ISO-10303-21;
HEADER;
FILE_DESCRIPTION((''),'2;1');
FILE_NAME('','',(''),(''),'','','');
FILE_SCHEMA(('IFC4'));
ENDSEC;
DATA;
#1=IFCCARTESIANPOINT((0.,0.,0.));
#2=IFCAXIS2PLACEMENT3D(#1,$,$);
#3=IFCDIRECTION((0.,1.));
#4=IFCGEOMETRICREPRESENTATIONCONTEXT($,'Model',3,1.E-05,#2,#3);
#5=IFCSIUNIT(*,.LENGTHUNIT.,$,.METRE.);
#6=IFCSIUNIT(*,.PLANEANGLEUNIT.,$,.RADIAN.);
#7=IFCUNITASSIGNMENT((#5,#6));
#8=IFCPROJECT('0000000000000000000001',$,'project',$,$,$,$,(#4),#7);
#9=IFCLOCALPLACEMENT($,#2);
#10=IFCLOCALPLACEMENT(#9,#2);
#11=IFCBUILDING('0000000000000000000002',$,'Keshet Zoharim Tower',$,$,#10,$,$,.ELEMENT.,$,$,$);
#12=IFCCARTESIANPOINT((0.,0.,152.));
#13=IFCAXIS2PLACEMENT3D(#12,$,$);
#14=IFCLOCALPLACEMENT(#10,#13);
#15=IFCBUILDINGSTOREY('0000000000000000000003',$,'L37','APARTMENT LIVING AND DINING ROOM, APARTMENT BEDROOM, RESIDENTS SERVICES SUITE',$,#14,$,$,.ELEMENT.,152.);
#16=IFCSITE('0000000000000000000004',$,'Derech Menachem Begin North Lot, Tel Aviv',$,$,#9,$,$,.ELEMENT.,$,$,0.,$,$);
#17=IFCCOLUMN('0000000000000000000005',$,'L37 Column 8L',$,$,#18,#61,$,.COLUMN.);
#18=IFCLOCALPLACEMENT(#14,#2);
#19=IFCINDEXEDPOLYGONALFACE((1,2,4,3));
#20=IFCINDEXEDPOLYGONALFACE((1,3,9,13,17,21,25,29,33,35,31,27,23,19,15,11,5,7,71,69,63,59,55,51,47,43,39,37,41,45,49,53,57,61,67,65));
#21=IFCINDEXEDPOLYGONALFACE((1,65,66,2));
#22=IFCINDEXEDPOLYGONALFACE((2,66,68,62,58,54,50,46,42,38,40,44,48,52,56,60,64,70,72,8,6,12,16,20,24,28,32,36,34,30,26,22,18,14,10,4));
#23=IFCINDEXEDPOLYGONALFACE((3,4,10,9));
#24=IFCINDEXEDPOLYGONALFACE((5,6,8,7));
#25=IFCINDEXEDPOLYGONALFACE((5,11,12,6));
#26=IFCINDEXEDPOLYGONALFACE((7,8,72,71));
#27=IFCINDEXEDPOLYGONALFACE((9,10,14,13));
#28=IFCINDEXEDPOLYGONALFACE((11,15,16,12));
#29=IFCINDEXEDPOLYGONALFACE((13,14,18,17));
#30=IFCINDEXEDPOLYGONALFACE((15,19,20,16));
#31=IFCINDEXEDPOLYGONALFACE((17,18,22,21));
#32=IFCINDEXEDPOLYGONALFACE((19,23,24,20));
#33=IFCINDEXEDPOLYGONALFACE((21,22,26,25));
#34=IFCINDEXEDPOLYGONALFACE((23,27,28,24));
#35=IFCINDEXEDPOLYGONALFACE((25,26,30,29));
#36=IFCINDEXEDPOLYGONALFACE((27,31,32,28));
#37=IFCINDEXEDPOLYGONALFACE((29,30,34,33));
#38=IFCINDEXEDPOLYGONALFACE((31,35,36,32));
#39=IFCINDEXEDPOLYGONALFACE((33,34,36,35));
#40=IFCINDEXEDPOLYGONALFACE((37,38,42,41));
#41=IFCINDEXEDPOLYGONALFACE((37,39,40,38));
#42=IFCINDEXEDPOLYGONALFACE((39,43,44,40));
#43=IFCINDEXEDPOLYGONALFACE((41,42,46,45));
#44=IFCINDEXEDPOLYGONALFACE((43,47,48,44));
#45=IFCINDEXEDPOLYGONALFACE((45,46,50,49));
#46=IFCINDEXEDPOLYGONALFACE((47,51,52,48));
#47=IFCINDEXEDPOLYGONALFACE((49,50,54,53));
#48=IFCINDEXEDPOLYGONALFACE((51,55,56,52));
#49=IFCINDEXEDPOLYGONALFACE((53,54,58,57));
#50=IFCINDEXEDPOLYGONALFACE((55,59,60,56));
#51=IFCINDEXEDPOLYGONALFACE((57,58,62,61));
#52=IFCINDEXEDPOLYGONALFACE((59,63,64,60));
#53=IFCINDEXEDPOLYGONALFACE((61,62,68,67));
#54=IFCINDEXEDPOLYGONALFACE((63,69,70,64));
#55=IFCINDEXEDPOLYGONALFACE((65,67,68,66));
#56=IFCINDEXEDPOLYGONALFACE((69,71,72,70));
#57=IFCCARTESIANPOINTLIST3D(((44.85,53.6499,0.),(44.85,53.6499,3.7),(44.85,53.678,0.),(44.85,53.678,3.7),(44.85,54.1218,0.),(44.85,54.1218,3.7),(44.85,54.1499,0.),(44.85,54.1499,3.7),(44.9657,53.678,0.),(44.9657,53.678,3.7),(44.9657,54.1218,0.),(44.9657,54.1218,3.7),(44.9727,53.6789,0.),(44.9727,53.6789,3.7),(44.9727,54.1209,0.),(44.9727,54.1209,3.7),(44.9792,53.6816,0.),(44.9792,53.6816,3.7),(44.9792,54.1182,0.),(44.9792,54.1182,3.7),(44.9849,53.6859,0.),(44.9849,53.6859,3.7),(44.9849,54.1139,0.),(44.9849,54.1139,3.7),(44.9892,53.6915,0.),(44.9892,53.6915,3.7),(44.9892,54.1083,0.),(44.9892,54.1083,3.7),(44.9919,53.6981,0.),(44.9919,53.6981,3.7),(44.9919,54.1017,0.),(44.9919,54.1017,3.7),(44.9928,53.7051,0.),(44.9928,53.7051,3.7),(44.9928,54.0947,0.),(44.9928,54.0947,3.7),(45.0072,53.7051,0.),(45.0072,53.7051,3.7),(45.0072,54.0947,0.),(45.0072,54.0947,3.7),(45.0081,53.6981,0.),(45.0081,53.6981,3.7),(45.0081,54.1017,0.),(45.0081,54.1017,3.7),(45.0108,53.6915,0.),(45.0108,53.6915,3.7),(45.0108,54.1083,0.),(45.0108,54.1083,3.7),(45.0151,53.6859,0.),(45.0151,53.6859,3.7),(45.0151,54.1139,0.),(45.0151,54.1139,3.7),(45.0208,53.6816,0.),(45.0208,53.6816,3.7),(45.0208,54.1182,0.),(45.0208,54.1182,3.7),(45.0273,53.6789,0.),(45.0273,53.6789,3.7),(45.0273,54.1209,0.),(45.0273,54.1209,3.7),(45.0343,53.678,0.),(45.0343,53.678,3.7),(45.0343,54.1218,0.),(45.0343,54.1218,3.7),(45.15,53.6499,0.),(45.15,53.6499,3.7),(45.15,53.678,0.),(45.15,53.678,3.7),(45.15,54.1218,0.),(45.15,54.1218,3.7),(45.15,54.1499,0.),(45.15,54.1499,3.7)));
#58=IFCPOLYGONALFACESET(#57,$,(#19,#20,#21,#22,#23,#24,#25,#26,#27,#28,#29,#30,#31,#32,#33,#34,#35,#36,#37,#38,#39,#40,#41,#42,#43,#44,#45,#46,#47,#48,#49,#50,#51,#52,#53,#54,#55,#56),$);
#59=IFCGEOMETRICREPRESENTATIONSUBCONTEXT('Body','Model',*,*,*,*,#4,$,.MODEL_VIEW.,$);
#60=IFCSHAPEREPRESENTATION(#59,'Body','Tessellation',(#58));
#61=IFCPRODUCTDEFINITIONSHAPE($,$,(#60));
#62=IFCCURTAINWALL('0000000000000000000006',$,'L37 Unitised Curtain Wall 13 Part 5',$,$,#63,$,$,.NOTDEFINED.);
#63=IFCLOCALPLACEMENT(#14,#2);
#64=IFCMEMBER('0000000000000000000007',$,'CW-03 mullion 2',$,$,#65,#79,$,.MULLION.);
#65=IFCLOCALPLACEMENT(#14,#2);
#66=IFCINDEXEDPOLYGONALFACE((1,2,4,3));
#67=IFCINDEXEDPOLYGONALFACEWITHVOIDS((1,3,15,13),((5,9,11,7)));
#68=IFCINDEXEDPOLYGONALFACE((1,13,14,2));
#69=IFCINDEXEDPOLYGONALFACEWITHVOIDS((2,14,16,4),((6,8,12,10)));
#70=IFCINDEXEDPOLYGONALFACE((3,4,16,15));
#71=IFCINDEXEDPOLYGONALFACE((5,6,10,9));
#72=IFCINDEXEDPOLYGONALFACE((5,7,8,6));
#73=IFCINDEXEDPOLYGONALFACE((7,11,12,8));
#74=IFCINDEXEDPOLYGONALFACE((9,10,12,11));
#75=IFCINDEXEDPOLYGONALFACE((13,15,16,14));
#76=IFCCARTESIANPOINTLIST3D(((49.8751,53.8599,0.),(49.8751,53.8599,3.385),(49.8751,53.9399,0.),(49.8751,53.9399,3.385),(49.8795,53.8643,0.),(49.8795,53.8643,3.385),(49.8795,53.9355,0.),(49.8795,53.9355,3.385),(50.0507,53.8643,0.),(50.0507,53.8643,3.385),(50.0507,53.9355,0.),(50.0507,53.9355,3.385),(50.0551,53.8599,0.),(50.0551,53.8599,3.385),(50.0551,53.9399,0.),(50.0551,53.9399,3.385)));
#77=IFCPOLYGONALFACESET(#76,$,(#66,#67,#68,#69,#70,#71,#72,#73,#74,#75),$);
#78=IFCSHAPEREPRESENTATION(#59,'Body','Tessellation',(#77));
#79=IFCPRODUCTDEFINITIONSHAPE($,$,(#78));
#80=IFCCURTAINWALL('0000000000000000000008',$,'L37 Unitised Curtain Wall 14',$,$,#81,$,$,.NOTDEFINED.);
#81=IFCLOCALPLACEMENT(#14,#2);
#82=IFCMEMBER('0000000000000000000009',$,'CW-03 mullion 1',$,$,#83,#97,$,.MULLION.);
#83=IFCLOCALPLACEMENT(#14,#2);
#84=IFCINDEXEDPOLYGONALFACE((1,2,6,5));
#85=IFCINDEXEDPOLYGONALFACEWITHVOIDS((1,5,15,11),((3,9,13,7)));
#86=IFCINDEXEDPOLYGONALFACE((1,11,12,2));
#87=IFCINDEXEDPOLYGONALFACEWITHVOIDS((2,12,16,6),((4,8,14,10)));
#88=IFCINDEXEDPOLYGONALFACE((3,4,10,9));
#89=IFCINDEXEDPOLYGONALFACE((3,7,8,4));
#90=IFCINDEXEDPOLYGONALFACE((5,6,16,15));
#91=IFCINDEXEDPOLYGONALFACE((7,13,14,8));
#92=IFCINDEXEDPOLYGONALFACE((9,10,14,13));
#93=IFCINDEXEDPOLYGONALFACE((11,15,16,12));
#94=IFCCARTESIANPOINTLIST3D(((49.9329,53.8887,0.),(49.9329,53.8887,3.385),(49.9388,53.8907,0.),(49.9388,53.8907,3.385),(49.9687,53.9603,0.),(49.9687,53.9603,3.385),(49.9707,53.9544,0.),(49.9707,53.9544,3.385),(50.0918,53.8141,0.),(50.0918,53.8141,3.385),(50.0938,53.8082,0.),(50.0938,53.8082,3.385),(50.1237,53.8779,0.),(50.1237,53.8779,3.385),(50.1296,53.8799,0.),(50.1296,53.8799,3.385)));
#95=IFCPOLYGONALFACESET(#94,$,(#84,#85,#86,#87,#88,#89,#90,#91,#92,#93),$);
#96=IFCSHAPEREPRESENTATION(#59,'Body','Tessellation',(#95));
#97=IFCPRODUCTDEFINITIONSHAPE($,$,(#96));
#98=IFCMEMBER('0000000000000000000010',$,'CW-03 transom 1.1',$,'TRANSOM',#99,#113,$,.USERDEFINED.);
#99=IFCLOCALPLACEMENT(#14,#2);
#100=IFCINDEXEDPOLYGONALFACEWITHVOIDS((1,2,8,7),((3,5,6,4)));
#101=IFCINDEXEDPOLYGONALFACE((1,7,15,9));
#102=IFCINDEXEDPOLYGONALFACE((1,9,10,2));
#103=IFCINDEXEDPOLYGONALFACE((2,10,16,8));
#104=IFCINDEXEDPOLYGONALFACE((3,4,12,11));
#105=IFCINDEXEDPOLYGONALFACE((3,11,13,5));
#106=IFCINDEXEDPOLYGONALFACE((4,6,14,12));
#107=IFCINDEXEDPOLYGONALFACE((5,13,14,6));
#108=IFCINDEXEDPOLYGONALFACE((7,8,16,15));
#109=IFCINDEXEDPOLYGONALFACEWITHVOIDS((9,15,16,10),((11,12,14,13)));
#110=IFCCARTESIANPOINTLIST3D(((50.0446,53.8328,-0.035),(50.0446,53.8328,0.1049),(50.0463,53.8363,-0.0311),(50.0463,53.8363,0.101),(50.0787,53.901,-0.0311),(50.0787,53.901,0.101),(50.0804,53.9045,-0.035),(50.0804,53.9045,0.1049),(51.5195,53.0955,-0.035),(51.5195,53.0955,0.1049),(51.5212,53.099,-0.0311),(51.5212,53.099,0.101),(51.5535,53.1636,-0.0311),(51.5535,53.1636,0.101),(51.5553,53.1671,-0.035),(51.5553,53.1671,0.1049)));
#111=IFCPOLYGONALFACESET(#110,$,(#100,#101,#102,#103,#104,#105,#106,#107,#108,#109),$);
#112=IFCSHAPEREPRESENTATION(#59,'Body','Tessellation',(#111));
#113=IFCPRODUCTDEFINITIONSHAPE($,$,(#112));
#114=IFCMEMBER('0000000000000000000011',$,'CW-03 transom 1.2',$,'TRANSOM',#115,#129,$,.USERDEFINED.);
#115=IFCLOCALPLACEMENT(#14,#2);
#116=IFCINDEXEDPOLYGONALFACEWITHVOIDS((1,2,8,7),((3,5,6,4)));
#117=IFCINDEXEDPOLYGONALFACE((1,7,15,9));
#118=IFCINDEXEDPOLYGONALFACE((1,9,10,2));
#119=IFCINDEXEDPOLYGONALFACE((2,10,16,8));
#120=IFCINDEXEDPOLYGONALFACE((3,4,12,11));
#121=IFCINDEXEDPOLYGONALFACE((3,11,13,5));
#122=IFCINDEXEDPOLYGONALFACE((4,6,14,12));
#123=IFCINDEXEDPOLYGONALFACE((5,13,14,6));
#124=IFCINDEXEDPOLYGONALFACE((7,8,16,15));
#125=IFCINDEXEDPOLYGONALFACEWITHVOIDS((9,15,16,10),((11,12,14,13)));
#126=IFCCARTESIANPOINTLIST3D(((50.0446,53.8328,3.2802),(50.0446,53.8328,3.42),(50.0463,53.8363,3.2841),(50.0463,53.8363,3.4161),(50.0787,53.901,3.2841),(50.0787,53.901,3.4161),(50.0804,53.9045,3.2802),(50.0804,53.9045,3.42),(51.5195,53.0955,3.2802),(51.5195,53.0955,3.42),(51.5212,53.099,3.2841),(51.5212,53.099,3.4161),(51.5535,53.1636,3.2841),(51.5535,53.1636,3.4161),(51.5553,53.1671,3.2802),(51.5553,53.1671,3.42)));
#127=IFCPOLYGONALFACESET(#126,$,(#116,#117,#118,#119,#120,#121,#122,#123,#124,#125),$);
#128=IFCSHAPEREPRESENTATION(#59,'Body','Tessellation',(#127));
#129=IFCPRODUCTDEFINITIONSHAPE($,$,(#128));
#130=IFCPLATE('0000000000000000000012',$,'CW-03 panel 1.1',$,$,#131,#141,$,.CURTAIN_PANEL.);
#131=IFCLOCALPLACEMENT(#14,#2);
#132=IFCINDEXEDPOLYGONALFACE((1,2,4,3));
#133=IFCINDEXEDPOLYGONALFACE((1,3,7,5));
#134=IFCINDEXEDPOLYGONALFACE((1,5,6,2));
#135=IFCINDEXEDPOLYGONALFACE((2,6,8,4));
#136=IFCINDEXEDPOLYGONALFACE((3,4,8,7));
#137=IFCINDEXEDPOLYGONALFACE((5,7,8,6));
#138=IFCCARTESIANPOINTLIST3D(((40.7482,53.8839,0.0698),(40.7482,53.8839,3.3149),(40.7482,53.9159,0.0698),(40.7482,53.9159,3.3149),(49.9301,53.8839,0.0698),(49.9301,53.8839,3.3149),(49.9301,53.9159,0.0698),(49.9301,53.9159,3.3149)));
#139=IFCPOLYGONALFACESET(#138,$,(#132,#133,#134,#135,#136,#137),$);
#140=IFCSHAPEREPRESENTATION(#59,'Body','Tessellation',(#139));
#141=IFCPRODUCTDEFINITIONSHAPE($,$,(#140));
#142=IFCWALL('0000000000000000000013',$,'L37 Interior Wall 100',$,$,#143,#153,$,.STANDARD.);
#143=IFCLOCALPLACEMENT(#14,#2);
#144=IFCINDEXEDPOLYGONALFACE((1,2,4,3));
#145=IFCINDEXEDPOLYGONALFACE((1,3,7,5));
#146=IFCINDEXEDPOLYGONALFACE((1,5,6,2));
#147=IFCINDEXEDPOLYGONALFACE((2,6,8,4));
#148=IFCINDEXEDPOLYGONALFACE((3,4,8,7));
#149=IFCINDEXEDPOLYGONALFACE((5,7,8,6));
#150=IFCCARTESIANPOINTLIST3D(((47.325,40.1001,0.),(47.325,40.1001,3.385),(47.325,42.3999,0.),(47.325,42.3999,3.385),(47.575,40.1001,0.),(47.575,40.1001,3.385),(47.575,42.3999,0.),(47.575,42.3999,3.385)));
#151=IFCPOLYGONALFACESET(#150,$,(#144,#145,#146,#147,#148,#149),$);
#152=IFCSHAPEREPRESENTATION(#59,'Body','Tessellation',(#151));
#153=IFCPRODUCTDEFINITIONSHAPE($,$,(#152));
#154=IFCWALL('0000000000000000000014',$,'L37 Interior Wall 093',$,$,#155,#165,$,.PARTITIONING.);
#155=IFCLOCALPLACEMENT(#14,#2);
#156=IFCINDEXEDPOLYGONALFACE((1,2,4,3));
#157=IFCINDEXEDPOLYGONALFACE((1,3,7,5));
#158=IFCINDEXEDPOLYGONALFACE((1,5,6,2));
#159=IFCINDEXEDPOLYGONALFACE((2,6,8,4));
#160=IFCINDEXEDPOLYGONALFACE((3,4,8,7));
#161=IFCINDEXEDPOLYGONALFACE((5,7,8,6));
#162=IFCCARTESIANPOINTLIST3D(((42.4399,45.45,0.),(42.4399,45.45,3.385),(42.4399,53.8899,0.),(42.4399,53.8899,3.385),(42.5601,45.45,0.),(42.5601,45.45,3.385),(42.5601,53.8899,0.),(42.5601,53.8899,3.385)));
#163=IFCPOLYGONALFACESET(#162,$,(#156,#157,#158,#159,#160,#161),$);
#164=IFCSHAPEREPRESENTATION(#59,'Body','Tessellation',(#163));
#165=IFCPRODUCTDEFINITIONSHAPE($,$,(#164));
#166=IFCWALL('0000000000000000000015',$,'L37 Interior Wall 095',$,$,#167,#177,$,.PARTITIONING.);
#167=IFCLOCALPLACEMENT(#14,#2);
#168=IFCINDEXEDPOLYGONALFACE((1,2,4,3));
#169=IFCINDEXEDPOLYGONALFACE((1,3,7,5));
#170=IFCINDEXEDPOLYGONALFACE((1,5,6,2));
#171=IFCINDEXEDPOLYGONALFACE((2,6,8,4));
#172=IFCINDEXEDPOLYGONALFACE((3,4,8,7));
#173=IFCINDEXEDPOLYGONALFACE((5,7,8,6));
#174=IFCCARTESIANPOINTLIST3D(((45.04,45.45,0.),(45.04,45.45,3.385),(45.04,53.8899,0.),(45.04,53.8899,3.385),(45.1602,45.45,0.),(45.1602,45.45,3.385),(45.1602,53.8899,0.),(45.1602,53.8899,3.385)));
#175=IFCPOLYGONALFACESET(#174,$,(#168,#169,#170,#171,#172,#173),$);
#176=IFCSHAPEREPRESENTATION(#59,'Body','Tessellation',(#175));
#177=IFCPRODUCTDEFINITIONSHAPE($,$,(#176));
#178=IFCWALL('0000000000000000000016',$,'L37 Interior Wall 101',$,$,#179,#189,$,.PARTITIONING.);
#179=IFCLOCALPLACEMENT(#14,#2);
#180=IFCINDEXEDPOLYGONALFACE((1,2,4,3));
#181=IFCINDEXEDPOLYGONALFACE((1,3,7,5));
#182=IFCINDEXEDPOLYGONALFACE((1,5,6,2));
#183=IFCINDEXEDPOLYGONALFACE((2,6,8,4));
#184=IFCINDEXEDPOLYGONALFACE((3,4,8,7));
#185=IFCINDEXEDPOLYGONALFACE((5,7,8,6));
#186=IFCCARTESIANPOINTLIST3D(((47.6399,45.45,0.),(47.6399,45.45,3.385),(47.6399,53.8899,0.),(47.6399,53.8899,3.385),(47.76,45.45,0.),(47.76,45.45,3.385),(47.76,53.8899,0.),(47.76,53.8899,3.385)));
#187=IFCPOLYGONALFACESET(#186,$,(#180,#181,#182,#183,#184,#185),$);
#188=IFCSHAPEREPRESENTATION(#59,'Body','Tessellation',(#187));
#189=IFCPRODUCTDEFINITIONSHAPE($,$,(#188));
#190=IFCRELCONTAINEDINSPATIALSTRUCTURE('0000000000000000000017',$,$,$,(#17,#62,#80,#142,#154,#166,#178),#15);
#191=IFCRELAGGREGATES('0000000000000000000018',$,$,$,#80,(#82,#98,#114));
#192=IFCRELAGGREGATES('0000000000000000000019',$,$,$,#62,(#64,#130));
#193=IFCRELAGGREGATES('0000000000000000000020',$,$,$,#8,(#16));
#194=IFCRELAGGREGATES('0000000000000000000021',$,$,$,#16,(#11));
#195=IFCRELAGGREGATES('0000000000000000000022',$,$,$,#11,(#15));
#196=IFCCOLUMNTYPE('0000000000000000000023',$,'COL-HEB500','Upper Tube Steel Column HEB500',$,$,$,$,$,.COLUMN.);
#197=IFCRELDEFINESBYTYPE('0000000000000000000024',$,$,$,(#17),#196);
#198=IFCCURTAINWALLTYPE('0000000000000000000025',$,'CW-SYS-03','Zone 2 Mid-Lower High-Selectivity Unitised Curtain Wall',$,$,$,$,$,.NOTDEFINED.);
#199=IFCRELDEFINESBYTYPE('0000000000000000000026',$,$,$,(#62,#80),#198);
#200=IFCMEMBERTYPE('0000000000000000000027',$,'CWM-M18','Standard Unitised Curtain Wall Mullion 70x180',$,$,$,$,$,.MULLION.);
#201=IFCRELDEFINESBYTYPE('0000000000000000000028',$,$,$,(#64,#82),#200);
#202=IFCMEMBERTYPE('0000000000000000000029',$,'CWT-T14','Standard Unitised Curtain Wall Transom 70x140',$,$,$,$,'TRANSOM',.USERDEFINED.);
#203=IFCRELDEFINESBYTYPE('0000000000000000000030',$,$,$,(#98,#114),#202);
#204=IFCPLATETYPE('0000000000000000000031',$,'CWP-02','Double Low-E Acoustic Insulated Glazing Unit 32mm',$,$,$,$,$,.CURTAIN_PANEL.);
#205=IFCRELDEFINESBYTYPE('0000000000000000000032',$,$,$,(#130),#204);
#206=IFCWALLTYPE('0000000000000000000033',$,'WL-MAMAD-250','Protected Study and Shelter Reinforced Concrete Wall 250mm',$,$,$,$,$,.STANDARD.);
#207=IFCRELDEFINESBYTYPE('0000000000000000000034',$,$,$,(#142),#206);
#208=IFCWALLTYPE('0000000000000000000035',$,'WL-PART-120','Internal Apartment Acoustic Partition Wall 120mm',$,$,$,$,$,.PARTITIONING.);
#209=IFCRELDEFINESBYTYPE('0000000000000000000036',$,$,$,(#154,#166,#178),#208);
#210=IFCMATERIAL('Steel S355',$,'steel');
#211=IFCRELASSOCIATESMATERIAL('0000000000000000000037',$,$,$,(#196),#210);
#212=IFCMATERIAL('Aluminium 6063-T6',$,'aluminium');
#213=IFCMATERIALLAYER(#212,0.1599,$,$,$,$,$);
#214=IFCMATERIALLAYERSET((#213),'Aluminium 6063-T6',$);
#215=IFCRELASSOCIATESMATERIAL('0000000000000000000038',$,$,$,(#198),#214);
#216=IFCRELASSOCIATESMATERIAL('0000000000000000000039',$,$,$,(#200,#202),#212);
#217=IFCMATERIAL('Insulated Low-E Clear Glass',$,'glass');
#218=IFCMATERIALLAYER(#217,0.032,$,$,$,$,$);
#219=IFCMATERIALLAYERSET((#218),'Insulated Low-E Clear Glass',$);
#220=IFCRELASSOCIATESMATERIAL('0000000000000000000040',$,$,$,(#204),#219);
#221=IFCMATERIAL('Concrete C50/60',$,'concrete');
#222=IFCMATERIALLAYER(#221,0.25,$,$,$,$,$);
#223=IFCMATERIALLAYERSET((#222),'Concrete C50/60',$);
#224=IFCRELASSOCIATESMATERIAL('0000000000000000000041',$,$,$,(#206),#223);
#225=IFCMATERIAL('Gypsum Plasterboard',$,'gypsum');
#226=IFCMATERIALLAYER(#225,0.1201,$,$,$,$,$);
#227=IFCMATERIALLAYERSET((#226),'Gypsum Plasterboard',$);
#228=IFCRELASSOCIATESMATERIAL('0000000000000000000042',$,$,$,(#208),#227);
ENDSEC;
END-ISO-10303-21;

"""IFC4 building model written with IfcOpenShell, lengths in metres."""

from ifc_helpers import new_model, si_unit, direction, frame, frame_2d, origin, origin_2d, place, context, subcontext, project, spatial, rectangle, hollow_rectangle, i_section, extrude, material, layer, layer_set, material_profile, profile_set, type_object, element, aggregate, save


model = new_model("IFC4")

# Units and contexts
model_context = context("Model", 3, precision=1e-05, world=origin(), true_north=direction((0.0, 1.0)))
body_context = subcontext(model_context, "Body", "Model", "MODEL_VIEW")
ifc_project = project(units=[si_unit("LENGTHUNIT", "METRE"), si_unit("PLANEANGLEUNIT", "RADIAN")], contexts=[model_context])

# Site, building, storey
site_placement = place(None, origin())
site = spatial("IfcSite", under=ifc_project, at=site_placement, Name="Derech Menachem Begin North Lot, Tel Aviv", CompositionType="ELEMENT", RefElevation=0.0)
building_placement = place(site_placement, origin())
building = spatial("IfcBuilding", under=site, at=building_placement, Name="Keshet Zoharim Tower", CompositionType="ELEMENT")
storey_placement = place(building_placement, frame((0.0, 0.0, 152.0)))
storey = spatial("IfcBuildingStorey", under=building, at=storey_placement, Name="L37", Description="APARTMENT LIVING AND DINING ROOM, APARTMENT BEDROOM, RESIDENTS SERVICES SUITE", CompositionType="ELEMENT", Elevation=152.0)

# Column
ifc_material_1 = material(Name="Steel S355", Category="steel")
ifc_material_profile_1 = material_profile(ifc_material_1, i_section(OverallWidth=0.3, OverallDepth=0.5, WebThickness=0.0144, FlangeThickness=0.0281, FilletRadius=0.0271, at=origin_2d()), Name="HEB500")
ifc_profile_set_1 = profile_set([ifc_material_profile_1], Name="Steel S355")
column_type = type_object("IfcColumnType", Name="COL-HEB500", Description="Upper Tube Steel Column HEB500", PredefinedType="COLUMN", material=ifc_profile_set_1)
column_placement = place(storey_placement, frame((45.0, 53.8999, 0.0), z_axis=(0.0, 0.0, 1.0), x_axis=(1.0, 0.0, 0.0)))
element("IfcColumn", 1, at=column_placement, inside=storey, type_object=column_type, Name="L37 Column 8L", PredefinedType="COLUMN", context=body_context, shape_type="SweptSolid", body=[
    extrude(i_section(OverallWidth=0.3, OverallDepth=0.5, WebThickness=0.0144, FlangeThickness=0.0281, FilletRadius=0.0271, at=origin_2d()), origin(), (0.0, 0.0, 1.0), 3.7),
])

# Curtain wall, member
ifc_material_2 = material(Name="Aluminium 6063-T6", Category="aluminium")
ifc_layer_1 = layer(ifc_material_2, 0.1599)
ifc_layer_set_1 = layer_set([ifc_layer_1], Name="Aluminium 6063-T6")
curtain_wall_type = type_object("IfcCurtainWallType", Name="CW-SYS-03", Description="Zone 2 Mid-Lower High-Selectivity Unitised Curtain Wall", PredefinedType="NOTDEFINED", material=ifc_layer_set_1)
curtain_wall_1_placement = place(storey_placement, origin())
curtain_wall_1 = element("IfcCurtainWall", 2, at=curtain_wall_1_placement, inside=storey, type_object=curtain_wall_type, Name="L37 Unitised Curtain Wall 13 Part 5", PredefinedType="NOTDEFINED")
ifc_material_profile_2 = material_profile(ifc_material_2, hollow_rectangle(XDim=0.0801, YDim=0.1799, WallThickness=0.0044, at=origin_2d()), Name="MUL-80x180")
ifc_profile_set_2 = profile_set([ifc_material_profile_2], Name="Aluminium 6063-T6")
member_type_1 = type_object("IfcMemberType", Name="CWM-M18", Description="Standard Unitised Curtain Wall Mullion 70x180", PredefinedType="MULLION", material=ifc_profile_set_2)
member_1_placement = place(storey_placement, frame((49.9651, 53.8999, 0.0), z_axis=(0.0, 0.0, 1.0), x_axis=(0.0, 1.0, 0.0)))
member_1 = element("IfcMember", 3, at=member_1_placement, type_object=member_type_1, Name="CW-03 mullion 2", PredefinedType="MULLION", context=body_context, shape_type="SweptSolid", body=[
    extrude(hollow_rectangle(XDim=0.0801, YDim=0.1799, WallThickness=0.0044, at=origin_2d()), origin(), (0.0, 0.0, 1.0), 3.385),
])

# Curtain wall, members
curtain_wall_2_placement = place(storey_placement, origin())
curtain_wall_2 = element("IfcCurtainWall", 4, at=curtain_wall_2_placement, inside=storey, type_object=curtain_wall_type, Name="L37 Unitised Curtain Wall 14", PredefinedType="NOTDEFINED")
member_2_placement = place(storey_placement, frame((50.0312, 53.8843, 0.0), z_axis=(0.0, 0.0, 1.0), x_axis=(0.447214, 0.894427, 0.0)))
member_2 = element("IfcMember", 5, at=member_2_placement, type_object=member_type_1, Name="CW-03 mullion 1", PredefinedType="MULLION", context=body_context, shape_type="SweptSolid", body=[
    extrude(hollow_rectangle(XDim=0.0801, YDim=0.1799, WallThickness=0.0044, at=origin_2d()), origin(), (0.0, 0.0, 1.0), 3.385),
])
ifc_material_profile_3 = material_profile(ifc_material_2, hollow_rectangle(XDim=0.0801, YDim=0.1399, WallThickness=0.0039, at=origin_2d()), Name="TRN-80x140")
ifc_profile_set_3 = profile_set([ifc_material_profile_3], Name="Aluminium 6063-T6")
member_type_2 = type_object("IfcMemberType", Name="CWT-T14", Description="Standard Unitised Curtain Wall Transom 70x140", ElementType="TRANSOM", PredefinedType="USERDEFINED", material=ifc_profile_set_3)
member_3_placement = place(storey_placement, frame((50.0625, 53.8687, 0.0349), z_axis=(0.894457, -0.447154, 0.0), x_axis=(0.447154, 0.894457, 0.0)))
member_3 = element("IfcMember", 6, at=member_3_placement, type_object=member_type_2, Name="CW-03 transom 1.1", ObjectType="TRANSOM", PredefinedType="USERDEFINED", context=body_context, shape_type="SweptSolid", body=[
    extrude(hollow_rectangle(XDim=0.0801, YDim=0.1399, WallThickness=0.0039, at=origin_2d()), origin(), (0.0, 0.0, 1.0), 1.6489),
])
member_4_placement = place(storey_placement, frame((50.0625, 53.8687, 3.3501), z_axis=(0.894457, -0.447154, 0.0), x_axis=(0.447154, 0.894457, 0.0)))
member_4 = element("IfcMember", 7, at=member_4_placement, type_object=member_type_2, Name="CW-03 transom 1.2", ObjectType="TRANSOM", PredefinedType="USERDEFINED", context=body_context, shape_type="SweptSolid", body=[
    extrude(hollow_rectangle(XDim=0.0801, YDim=0.1399, WallThickness=0.0039, at=origin_2d()), origin(), (0.0, 0.0, 1.0), 1.6489),
])
aggregate(curtain_wall_2, [member_2, member_3, member_4])

# Plate
ifc_material_3 = material(Name="Insulated Low-E Clear Glass", Category="glass")
ifc_layer_2 = layer(ifc_material_3, 0.032)
ifc_layer_set_2 = layer_set([ifc_layer_2], Name="Insulated Low-E Clear Glass")
plate_type = type_object("IfcPlateType", Name="CWP-02", Description="Double Low-E Acoustic Insulated Glazing Unit 32mm", PredefinedType="CURTAIN_PANEL", material=ifc_layer_set_2)
plate_placement = place(storey_placement, frame((45.3391, 53.8999, 0.0698), z_axis=(0.0, 0.0, 1.0), x_axis=(1.0, 0.0, 0.0)))
plate = element("IfcPlate", 8, at=plate_placement, type_object=plate_type, Name="CW-03 panel 1.1", PredefinedType="CURTAIN_PANEL", context=body_context, shape_type="SweptSolid", body=[
    extrude(rectangle(XDim=9.1819, YDim=0.032, at=origin_2d()), origin(), (0.0, 0.0, 1.0), 3.2451),
])
aggregate(curtain_wall_1, [member_1, plate])

# Wall
ifc_material_4 = material(Name="Concrete C50/60", Category="concrete")
ifc_layer_3 = layer(ifc_material_4, 0.25)
ifc_layer_set_3 = layer_set([ifc_layer_3], Name="Concrete C50/60")
wall_type_1 = type_object("IfcWallType", Name="WL-MAMAD-250", Description="Protected Study and Shelter Reinforced Concrete Wall 250mm", PredefinedType="STANDARD", material=ifc_layer_set_3)
wall_1_placement = place(storey_placement, frame((47.45, 40.1001, 0.0), z_axis=(0.0, 0.0, 1.0), x_axis=(0.0, 1.0, 0.0)))
element("IfcWall", 9, at=wall_1_placement, inside=storey, type_object=wall_type_1, Name="L37 Interior Wall 100", PredefinedType="STANDARD", context=body_context, shape_type="SweptSolid", body=[
    extrude(rectangle(XDim=2.2998, YDim=0.25, at=frame_2d((1.1499, 0.0))), origin(), (0.0, 0.0, 1.0), 3.385),
])

# Walls
ifc_material_5 = material(Name="Gypsum Plasterboard", Category="gypsum")
ifc_layer_4 = layer(ifc_material_5, 0.1201)
ifc_layer_set_4 = layer_set([ifc_layer_4], Name="Gypsum Plasterboard")
wall_type_2 = type_object("IfcWallType", Name="WL-PART-120", Description="Internal Apartment Acoustic Partition Wall 120mm", PredefinedType="PARTITIONING", material=ifc_layer_set_4)
for number, where, z_axis, x_axis, name in (
    (10, (42.5, 45.45, 0.0), (0.0, 0.0, 1.0), (0.0, 1.0, 0.0), "L37 Interior Wall 093"),
    (11, (45.1001, 45.45, 0.0), (0.0, 0.0, 1.0), (0.0, 1.0, 0.0), "L37 Interior Wall 095"),
    (12, (47.7, 45.45, 0.0), (0.0, 0.0, 1.0), (0.0, 1.0, 0.0), "L37 Interior Wall 101"),
):
    element("IfcWall", number, at=place(storey_placement, frame(where, z_axis=z_axis, x_axis=x_axis)), inside=storey, type_object=wall_type_2, Name=name, PredefinedType="PARTITIONING", context=body_context, shape_type="SweptSolid", body=[
        extrude(rectangle(XDim=8.4399, YDim=0.1201, at=frame_2d((4.22, 0.0))), origin(), (0.0, 0.0, 1.0), 3.385),
    ])

save(model, "model.ifc")
